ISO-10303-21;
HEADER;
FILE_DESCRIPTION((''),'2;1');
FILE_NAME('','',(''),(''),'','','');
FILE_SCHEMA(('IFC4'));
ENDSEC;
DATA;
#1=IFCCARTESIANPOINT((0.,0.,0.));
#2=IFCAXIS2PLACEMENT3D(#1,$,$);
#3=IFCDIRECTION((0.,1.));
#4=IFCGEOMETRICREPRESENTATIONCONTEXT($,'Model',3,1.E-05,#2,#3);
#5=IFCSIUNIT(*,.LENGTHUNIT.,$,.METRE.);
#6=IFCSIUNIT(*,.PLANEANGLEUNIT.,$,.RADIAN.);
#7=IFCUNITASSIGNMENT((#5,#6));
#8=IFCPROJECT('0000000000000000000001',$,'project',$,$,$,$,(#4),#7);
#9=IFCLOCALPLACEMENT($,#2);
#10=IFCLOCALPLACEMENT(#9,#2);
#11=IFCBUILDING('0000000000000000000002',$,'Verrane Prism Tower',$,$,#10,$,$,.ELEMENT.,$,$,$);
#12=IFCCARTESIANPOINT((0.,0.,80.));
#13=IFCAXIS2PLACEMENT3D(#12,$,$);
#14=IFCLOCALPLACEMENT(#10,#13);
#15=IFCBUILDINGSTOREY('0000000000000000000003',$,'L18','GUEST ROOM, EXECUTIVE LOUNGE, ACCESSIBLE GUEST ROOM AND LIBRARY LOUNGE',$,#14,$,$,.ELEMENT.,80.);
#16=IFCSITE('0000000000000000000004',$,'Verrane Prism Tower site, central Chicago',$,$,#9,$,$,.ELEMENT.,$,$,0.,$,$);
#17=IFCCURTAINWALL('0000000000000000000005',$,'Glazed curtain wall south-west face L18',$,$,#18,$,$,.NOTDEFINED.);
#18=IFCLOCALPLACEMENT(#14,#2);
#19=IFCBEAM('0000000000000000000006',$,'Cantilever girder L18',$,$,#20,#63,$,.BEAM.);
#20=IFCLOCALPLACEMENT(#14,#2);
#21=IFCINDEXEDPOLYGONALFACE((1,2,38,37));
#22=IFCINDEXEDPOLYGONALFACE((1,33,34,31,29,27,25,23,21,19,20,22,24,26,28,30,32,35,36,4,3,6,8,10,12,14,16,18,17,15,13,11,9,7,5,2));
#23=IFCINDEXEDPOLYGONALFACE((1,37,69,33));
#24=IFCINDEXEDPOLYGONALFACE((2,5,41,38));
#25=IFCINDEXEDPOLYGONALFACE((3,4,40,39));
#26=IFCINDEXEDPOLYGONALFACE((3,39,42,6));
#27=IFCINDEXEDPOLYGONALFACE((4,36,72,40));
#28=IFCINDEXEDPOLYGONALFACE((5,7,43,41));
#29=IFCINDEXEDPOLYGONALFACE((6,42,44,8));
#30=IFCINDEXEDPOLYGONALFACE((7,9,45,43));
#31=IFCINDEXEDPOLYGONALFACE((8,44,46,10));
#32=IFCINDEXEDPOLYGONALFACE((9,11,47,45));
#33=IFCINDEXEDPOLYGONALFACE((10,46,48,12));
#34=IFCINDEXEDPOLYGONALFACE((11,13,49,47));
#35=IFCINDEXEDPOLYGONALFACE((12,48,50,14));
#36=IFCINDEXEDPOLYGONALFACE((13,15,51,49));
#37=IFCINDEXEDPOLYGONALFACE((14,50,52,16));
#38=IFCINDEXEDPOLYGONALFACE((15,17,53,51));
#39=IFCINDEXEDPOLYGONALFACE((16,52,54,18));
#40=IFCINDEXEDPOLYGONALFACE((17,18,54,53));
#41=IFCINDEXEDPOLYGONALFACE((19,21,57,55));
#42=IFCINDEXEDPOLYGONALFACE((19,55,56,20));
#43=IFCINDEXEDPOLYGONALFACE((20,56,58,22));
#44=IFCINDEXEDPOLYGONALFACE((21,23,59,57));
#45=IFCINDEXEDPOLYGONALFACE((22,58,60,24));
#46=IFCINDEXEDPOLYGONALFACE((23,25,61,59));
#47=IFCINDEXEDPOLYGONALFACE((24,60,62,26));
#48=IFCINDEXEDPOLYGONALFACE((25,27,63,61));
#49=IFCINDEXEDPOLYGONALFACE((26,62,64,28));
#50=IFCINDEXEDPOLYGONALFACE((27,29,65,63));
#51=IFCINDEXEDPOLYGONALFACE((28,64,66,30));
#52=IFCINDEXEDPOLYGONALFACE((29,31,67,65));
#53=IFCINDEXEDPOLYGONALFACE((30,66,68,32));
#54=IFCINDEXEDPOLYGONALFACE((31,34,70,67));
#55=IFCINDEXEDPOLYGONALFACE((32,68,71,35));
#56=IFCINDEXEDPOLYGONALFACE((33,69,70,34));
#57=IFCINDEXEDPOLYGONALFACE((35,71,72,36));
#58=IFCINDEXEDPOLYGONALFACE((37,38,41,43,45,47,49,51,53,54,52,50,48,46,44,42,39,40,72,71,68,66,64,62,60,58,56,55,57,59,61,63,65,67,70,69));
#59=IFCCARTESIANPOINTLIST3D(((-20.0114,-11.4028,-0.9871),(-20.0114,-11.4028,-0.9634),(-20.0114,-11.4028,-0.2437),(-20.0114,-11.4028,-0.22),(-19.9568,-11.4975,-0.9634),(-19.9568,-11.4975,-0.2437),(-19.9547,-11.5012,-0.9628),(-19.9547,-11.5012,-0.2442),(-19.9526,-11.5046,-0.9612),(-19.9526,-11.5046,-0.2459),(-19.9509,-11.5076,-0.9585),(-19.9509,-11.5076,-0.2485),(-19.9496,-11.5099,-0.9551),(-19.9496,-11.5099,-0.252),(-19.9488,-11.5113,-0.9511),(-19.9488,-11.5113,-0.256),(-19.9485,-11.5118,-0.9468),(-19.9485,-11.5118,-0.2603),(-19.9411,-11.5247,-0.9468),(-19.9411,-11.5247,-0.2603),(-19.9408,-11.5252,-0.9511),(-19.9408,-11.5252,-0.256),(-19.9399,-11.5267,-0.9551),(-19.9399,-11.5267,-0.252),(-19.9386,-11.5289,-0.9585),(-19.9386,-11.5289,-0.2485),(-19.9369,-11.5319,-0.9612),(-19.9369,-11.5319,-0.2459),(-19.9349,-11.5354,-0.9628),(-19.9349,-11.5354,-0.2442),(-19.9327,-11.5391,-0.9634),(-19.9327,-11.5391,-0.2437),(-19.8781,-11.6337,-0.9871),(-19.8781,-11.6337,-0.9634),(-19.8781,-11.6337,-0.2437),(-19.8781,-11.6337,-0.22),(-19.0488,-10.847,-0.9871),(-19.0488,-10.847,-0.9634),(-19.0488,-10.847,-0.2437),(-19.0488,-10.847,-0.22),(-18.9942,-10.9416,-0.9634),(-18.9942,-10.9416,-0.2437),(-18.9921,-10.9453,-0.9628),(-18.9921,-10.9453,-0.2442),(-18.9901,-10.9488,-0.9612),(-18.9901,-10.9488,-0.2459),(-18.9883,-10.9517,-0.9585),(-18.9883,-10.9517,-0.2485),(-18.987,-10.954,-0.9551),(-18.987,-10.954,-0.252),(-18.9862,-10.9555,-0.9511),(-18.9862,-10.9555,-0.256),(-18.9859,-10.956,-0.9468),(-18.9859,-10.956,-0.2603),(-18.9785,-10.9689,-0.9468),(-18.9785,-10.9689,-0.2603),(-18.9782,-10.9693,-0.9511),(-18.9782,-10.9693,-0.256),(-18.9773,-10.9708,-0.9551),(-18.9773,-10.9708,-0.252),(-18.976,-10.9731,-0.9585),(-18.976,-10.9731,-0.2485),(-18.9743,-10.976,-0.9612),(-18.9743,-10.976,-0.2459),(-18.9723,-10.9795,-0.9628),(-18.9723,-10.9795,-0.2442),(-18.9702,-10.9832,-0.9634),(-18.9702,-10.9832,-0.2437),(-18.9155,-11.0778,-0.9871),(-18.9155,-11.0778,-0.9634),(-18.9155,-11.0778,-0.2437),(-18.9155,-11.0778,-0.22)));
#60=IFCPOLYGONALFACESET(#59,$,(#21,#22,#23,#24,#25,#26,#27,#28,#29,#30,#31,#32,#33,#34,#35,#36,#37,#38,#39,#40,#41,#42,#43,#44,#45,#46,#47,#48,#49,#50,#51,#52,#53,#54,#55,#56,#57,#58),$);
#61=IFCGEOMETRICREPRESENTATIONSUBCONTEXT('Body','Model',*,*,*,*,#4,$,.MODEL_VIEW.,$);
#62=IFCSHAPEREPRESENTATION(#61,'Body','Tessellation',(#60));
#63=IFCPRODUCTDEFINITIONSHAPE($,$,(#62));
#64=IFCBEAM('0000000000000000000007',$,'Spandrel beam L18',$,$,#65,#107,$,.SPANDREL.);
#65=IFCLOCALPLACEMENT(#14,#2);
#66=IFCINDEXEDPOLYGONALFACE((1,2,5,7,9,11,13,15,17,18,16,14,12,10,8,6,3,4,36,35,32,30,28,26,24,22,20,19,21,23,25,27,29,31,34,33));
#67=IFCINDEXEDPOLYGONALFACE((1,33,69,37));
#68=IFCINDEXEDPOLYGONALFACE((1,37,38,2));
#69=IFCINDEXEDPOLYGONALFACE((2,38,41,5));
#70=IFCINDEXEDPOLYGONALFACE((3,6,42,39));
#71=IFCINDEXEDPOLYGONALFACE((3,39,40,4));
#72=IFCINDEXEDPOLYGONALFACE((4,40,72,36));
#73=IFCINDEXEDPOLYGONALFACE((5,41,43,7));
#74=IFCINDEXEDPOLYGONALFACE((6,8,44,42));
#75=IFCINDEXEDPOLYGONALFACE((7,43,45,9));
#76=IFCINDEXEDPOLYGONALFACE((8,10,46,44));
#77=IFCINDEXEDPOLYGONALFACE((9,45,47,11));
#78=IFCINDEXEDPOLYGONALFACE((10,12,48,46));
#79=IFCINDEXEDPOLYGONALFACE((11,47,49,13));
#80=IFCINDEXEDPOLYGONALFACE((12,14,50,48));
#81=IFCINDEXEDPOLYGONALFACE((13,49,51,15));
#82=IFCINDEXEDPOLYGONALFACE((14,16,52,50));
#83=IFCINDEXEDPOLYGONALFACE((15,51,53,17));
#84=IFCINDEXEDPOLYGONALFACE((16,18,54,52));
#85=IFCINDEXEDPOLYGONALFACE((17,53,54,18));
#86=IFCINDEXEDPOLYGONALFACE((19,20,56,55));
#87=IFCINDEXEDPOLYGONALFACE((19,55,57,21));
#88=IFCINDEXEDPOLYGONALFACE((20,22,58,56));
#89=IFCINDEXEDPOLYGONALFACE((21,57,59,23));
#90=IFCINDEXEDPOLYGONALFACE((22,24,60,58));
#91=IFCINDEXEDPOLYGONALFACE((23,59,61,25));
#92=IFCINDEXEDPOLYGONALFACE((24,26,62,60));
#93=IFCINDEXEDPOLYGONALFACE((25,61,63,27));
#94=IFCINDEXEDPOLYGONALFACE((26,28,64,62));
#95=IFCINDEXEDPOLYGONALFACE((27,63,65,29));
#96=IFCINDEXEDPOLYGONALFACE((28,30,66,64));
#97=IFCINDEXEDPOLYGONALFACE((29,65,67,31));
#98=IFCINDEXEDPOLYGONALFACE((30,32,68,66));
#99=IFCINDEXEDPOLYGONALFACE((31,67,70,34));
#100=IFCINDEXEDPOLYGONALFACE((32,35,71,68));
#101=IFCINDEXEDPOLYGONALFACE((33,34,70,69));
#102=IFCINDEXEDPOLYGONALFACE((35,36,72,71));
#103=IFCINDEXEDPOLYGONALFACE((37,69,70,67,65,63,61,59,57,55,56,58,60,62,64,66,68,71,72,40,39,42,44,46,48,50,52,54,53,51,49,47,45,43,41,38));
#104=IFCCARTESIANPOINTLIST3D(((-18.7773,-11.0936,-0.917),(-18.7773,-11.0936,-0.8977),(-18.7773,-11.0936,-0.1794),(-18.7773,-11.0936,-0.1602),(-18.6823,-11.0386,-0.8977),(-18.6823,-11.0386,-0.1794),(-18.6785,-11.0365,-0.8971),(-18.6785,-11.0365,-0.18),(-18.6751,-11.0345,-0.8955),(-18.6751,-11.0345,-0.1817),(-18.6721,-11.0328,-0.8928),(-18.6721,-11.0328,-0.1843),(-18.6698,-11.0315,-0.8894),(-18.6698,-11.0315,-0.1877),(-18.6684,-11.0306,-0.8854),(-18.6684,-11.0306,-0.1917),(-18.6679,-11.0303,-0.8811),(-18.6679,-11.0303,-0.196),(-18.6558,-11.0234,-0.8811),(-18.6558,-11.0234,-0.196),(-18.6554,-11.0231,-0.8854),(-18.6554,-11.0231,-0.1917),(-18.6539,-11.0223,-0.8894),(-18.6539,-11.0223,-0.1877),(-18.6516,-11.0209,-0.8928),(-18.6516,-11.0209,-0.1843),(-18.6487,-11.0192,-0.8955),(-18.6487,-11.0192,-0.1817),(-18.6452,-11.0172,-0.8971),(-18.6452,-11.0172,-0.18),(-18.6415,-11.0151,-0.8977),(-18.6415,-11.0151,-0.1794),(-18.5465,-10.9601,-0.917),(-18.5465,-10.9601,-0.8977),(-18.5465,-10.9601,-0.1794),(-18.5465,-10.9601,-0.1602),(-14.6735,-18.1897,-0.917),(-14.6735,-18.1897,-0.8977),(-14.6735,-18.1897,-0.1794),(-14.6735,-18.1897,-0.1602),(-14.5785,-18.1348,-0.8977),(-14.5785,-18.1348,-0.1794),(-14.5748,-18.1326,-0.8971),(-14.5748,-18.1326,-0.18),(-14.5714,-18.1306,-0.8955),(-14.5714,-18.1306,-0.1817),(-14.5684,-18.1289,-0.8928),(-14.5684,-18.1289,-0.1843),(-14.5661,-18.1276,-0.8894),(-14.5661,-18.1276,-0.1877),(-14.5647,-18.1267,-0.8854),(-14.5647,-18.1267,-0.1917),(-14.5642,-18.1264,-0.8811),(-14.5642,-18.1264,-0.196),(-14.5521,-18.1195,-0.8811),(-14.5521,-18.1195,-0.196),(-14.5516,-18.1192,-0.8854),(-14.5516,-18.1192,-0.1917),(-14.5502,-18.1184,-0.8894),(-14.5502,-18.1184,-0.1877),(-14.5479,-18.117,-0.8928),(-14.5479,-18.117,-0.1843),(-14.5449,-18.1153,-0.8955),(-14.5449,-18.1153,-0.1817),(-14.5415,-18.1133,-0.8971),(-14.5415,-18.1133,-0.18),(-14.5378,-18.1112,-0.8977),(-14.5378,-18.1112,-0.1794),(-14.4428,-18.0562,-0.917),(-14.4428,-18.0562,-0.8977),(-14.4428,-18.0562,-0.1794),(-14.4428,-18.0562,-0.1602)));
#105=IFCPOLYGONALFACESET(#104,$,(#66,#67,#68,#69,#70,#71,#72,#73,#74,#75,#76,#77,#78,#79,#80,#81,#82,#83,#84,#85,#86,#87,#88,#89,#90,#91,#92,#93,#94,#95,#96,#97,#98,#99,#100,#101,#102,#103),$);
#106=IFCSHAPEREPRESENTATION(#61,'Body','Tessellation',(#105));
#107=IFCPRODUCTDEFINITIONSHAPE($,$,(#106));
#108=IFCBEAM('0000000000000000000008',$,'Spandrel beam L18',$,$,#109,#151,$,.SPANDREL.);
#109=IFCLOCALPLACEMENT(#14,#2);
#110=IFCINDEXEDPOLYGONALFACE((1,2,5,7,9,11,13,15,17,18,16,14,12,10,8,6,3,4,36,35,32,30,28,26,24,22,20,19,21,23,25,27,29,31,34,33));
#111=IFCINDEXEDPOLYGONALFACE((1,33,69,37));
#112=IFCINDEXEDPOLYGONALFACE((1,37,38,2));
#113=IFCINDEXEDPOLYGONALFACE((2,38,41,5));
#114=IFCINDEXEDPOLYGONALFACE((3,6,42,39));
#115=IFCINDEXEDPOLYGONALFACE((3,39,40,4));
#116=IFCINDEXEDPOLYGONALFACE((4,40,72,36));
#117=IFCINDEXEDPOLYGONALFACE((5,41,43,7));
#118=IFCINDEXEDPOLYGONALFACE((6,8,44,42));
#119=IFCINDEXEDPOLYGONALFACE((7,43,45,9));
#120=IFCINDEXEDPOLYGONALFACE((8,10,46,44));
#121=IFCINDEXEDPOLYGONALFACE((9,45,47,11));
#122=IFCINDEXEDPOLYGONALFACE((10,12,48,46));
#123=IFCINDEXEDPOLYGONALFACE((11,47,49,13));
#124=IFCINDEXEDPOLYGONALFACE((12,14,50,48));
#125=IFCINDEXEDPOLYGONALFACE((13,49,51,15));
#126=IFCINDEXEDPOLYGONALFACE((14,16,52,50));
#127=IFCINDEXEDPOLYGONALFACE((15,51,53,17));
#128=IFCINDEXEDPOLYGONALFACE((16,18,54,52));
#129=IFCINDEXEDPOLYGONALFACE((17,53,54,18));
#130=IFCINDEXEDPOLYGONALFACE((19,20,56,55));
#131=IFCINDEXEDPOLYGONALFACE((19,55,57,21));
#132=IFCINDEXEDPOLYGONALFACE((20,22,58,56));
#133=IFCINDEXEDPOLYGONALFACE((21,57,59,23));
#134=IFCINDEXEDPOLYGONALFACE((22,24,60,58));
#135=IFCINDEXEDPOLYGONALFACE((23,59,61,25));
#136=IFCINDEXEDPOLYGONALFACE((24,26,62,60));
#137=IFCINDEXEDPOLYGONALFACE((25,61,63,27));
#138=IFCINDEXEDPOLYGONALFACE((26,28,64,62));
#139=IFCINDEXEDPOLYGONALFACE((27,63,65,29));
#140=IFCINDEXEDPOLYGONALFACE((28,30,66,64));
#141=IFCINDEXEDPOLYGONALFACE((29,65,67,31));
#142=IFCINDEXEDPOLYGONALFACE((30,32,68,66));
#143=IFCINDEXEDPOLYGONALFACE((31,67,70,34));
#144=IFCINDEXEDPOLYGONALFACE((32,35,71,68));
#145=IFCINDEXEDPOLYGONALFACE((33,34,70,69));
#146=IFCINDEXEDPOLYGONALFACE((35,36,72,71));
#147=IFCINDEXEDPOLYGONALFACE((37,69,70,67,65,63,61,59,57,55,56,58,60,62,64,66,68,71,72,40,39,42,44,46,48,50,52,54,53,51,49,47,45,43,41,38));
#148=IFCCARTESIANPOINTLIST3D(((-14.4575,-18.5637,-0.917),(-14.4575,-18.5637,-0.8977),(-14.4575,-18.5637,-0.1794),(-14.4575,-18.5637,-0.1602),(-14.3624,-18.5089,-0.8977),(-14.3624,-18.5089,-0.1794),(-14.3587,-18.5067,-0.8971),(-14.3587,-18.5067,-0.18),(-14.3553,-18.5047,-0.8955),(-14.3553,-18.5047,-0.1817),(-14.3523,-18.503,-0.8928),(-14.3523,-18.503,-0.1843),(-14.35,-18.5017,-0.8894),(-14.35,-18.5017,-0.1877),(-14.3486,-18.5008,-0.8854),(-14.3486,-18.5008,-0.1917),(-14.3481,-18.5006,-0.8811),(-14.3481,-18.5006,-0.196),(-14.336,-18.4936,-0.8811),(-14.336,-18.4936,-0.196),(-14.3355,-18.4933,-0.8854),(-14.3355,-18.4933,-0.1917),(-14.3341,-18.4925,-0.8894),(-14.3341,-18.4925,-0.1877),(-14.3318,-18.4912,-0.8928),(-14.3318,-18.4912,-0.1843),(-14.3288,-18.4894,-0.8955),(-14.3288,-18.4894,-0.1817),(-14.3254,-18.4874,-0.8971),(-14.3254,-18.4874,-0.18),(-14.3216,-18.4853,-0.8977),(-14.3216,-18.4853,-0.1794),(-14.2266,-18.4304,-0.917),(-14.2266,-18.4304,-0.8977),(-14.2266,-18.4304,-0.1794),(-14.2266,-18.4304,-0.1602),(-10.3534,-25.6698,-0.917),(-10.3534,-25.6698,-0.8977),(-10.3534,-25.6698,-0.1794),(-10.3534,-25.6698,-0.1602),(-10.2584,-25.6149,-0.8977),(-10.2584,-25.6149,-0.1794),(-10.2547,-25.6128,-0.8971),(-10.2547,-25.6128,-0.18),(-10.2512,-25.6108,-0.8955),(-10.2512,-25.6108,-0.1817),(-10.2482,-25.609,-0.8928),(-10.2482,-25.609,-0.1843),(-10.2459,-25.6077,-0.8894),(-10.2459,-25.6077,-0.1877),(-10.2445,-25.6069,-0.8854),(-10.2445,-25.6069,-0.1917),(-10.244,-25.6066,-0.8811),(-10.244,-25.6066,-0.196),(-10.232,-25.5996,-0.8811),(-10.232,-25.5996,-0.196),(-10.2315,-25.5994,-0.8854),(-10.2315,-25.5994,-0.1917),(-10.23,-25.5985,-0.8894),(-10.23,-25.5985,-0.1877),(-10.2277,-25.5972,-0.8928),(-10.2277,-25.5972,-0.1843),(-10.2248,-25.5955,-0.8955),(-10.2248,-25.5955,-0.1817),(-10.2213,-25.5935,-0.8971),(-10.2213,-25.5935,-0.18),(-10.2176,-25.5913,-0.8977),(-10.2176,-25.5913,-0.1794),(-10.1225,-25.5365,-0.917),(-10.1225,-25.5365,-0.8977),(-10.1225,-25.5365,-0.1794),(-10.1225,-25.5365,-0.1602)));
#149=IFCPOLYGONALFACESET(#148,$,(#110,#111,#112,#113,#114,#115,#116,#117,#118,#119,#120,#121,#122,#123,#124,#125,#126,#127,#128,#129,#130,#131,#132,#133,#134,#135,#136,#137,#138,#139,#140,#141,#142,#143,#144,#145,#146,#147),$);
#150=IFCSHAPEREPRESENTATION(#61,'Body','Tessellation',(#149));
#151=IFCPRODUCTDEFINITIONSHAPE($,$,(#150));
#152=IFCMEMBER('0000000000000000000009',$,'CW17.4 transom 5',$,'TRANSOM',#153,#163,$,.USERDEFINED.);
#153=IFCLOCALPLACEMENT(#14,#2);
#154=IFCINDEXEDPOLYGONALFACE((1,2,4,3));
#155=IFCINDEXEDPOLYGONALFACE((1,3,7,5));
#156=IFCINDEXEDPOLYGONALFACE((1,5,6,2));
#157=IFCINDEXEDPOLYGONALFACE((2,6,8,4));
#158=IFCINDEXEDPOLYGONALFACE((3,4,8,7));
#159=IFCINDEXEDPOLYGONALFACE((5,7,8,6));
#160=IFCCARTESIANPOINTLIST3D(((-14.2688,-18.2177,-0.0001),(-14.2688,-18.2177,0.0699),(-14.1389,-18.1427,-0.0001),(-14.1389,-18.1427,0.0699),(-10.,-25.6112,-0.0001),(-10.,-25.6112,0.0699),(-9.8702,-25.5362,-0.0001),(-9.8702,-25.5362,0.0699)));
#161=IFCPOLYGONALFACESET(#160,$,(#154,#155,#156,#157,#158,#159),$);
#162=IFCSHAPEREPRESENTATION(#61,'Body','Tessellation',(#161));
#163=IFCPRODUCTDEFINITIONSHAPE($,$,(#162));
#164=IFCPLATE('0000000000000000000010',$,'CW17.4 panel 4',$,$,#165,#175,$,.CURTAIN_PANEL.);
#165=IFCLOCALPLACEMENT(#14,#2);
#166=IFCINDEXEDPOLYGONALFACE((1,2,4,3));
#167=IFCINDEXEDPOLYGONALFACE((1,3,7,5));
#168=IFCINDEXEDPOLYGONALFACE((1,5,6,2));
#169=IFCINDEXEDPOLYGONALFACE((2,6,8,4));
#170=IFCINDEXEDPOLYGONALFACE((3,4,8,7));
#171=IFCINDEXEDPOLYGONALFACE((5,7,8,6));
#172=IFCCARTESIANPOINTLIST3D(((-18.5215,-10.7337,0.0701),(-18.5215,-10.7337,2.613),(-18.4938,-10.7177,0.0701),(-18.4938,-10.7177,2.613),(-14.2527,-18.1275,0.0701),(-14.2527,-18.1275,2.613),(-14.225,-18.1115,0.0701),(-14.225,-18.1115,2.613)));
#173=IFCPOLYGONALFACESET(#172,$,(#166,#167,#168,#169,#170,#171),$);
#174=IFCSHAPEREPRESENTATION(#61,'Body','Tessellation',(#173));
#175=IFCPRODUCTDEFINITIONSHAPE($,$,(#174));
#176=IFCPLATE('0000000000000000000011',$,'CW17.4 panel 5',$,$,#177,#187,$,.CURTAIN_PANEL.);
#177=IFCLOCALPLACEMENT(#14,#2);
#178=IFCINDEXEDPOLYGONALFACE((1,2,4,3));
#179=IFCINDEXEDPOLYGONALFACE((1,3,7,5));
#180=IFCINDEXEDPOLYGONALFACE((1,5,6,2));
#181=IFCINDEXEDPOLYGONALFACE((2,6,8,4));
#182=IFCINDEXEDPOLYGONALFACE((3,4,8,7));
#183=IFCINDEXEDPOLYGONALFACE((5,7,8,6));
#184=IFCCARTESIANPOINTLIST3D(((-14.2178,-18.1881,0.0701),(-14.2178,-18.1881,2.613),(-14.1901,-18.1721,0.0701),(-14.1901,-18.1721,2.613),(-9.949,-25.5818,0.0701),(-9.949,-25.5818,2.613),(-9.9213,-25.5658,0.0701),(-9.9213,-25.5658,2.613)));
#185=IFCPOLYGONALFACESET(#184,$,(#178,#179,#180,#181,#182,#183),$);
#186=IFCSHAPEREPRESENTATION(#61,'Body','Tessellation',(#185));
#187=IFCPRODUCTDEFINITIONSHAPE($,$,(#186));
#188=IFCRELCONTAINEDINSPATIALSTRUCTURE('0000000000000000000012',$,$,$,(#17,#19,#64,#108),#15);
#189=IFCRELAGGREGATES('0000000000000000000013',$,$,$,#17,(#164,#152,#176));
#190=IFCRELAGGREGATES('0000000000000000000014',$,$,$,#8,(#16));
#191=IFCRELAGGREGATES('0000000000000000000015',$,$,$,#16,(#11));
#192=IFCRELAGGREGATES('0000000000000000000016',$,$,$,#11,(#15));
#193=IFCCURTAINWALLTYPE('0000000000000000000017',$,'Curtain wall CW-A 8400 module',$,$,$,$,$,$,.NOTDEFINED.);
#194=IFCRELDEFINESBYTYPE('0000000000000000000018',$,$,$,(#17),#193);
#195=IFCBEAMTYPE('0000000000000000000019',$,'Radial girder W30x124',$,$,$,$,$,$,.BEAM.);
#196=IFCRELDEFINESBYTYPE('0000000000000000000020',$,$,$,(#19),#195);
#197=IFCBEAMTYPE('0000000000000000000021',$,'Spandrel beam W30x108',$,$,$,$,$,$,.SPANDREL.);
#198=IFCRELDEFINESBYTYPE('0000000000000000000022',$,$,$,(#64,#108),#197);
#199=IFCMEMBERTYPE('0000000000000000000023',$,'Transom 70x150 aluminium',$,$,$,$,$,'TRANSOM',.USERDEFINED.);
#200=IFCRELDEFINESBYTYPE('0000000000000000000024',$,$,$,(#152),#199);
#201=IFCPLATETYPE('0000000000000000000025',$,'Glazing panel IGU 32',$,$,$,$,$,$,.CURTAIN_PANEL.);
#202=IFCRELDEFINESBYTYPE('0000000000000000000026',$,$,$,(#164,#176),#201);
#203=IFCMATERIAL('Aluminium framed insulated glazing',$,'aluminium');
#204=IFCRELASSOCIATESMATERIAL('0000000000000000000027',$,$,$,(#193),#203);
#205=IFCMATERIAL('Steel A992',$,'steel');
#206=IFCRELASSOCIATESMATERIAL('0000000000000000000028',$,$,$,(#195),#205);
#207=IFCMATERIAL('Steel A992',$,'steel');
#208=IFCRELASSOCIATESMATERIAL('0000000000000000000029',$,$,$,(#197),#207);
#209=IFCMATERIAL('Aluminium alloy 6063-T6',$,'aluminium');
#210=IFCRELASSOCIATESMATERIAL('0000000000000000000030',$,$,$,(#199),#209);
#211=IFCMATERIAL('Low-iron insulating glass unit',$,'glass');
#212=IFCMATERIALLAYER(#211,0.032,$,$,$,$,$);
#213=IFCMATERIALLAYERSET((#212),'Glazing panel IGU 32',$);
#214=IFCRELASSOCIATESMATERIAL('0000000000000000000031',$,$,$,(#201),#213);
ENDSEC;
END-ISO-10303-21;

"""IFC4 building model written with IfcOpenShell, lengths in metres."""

from ifc_helpers import new_model, si_unit, direction, frame, origin, origin_2d, place, context, subcontext, project, spatial, rectangle, i_section, extrude, material, layer, layer_set, material_profile, profile_set, type_object, element, aggregate, save


model = new_model("IFC4")

# Units and contexts
model_context = context("Model", 3, precision=1e-05, world=origin(), true_north=direction((0.0, 1.0)))
body_context = subcontext(model_context, "Body", "Model", "MODEL_VIEW")
ifc_project = project(units=[si_unit("LENGTHUNIT", "METRE"), si_unit("PLANEANGLEUNIT", "RADIAN")], contexts=[model_context])

# Site, building, storey
site_placement = place(None, origin())
site = spatial("IfcSite", under=ifc_project, at=site_placement, Name="Verrane Prism Tower site, central Chicago", CompositionType="ELEMENT", RefElevation=0.0)
building_placement = place(site_placement, origin())
building = spatial("IfcBuilding", under=site, at=building_placement, Name="Verrane Prism Tower", CompositionType="ELEMENT")
storey_placement = place(building_placement, frame((0.0, 0.0, 80.0)))
storey = spatial("IfcBuildingStorey", under=building, at=storey_placement, Name="L18", Description="GUEST ROOM, EXECUTIVE LOUNGE, ACCESSIBLE GUEST ROOM AND LIBRARY LOUNGE", CompositionType="ELEMENT", Elevation=80.0)

# Curtain wall
ifc_material_1 = material(Name="Aluminium framed insulated glazing", Category="aluminium")
curtain_wall_type = type_object("IfcCurtainWallType", Name="Curtain wall CW-A 8400 module", PredefinedType="NOTDEFINED", material=ifc_material_1)
curtain_wall_placement = place(storey_placement, origin())
curtain_wall = element("IfcCurtainWall", 1, at=curtain_wall_placement, inside=storey, type_object=curtain_wall_type, Name="Glazed curtain wall south-west face L18", PredefinedType="NOTDEFINED")

# Beams
ifc_material_2 = material(Name="Steel A992", Category="steel")
ifc_material_profile_1 = material_profile(ifc_material_2, i_section(OverallWidth=0.2666, OverallDepth=0.7671, WebThickness=0.0149, FlangeThickness=0.0237, FilletRadius=0.0166, at=origin_2d()), Name="W30x124")
ifc_profile_set_1 = profile_set([ifc_material_profile_1], Name="Steel A992")
beam_type_1 = type_object("IfcBeamType", Name="Radial girder W30x124", PredefinedType="BEAM", material=ifc_profile_set_1)
beam_1_placement = place(storey_placement, frame((-18.9822, -10.9624, -0.6035), z_axis=(-0.865977, -0.500084, 0.0), x_axis=(0.500084, -0.865977, 0.0)))
element("IfcBeam", 2, at=beam_1_placement, inside=storey, type_object=beam_type_1, Name="Cantilever girder L18", PredefinedType="BEAM", context=body_context, shape_type="SweptSolid", body=[
    extrude(i_section(OverallWidth=0.2666, OverallDepth=0.7671, WebThickness=0.0149, FlangeThickness=0.0237, FilletRadius=0.0166, at=origin_2d()), origin(), (0.0, 0.0, 1.0), 1.1116),
])
ifc_material_3 = material(Name="Steel A992", Category="steel")
ifc_material_profile_2 = material_profile(ifc_material_3, i_section(OverallWidth=0.2666, OverallDepth=0.7568, WebThickness=0.0139, FlangeThickness=0.0193, FilletRadius=0.0166, at=origin_2d()), Name="W30x108")
ifc_profile_set_2 = profile_set([ifc_material_profile_2], Name="Steel A992")
beam_type_2 = type_object("IfcBeamType", Name="Spandrel beam W30x108", PredefinedType="SPANDREL", material=ifc_profile_set_2)
beam_2_placement = place(storey_placement, frame((-18.6619, -11.0269, -0.5386), z_axis=(0.500619, -0.865667, 0.0), x_axis=(0.865667, 0.500619, 0.0)))
element("IfcBeam", 3, at=beam_2_placement, inside=storey, type_object=beam_type_2, Name="Spandrel beam L18", PredefinedType="SPANDREL", context=body_context, shape_type="SweptSolid", body=[
    extrude(i_section(OverallWidth=0.2666, OverallDepth=0.7568, WebThickness=0.0139, FlangeThickness=0.0193, FilletRadius=0.0166, at=origin_2d()), origin(), (0.0, 0.0, 1.0), 8.1973),
])
beam_3_placement = place(storey_placement, frame((-14.342, -18.4971, -0.5386), z_axis=(0.500126, -0.865953, 0.0), x_axis=(0.865953, 0.500126, 0.0)))
element("IfcBeam", 4, at=beam_3_placement, inside=storey, type_object=beam_type_2, Name="Spandrel beam L18", PredefinedType="SPANDREL", context=body_context, shape_type="SweptSolid", body=[
    extrude(i_section(OverallWidth=0.2666, OverallDepth=0.7568, WebThickness=0.0139, FlangeThickness=0.0193, FilletRadius=0.0166, at=origin_2d()), origin(), (0.0, 0.0, 1.0), 8.2061),
])

# Member
ifc_material_4 = material(Name="Aluminium alloy 6063-T6", Category="aluminium")
ifc_material_profile_3 = material_profile(ifc_material_4, rectangle(XDim=0.1499, YDim=0.0701, at=origin_2d()), Name="Transom 70x150 aluminium")
ifc_profile_set_3 = profile_set([ifc_material_profile_3], Name="Aluminium alloy 6063-T6")
member_type_1 = type_object("IfcMemberType", Name="Transom 70x150 aluminium", ElementType="TRANSOM", PredefinedType="USERDEFINED", material=ifc_profile_set_3)
member_1_placement = place(storey_placement, frame((-14.2039, -18.1802, 0.0349), z_axis=(0.500011, -0.866019, 0.0), x_axis=(0.866019, 0.500011, 0.0)))
member_1 = element("IfcMember", 5, at=member_1_placement, type_object=member_type_1, Name="CW17.4 transom 5", ObjectType="TRANSOM", PredefinedType="USERDEFINED", context=body_context, shape_type="SweptSolid", body=[
    extrude(rectangle(XDim=0.1499, YDim=0.0701, at=origin_2d()), origin(), (0.0, 0.0, 1.0), 8.5374),
])

# Plates
ifc_material_5 = material(Name="Low-iron insulating glass unit", Category="glass")
ifc_layer_1 = layer(ifc_material_5, 0.032)
ifc_layer_set_1 = layer_set([ifc_layer_1], Name="Glazing panel IGU 32")
plate_type = type_object("IfcPlateType", Name="Glazing panel IGU 32", PredefinedType="CURTAIN_PANEL", material=ifc_layer_set_1)
plate_1_placement = place(storey_placement, frame((-16.3733, -14.4226, 0.0701), z_axis=(0.0, 0.0, 1.0), x_axis=(0.499999, -0.866026, 0.0)))
plate_1 = element("IfcPlate", 6, at=plate_1_placement, type_object=plate_type, Name="CW17.4 panel 4", PredefinedType="CURTAIN_PANEL", context=body_context, shape_type="SweptSolid", body=[
    extrude(rectangle(XDim=8.5376, YDim=0.032, at=origin_2d()), origin(), (0.0, 0.0, 1.0), 2.543),
])
plate_2_placement = place(storey_placement, frame((-12.0696, -21.877, 0.0701), z_axis=(0.0, 0.0, 1.0), x_axis=(0.499999, -0.866026, 0.0)))
plate_2 = element("IfcPlate", 7, at=plate_2_placement, type_object=plate_type, Name="CW17.4 panel 5", PredefinedType="CURTAIN_PANEL", context=body_context, shape_type="SweptSolid", body=[
    extrude(rectangle(XDim=8.5376, YDim=0.032, at=origin_2d()), origin(), (0.0, 0.0, 1.0), 2.543),
])
aggregate(curtain_wall, [plate_1, member_1, plate_2])

save(model, "model.ifc")
